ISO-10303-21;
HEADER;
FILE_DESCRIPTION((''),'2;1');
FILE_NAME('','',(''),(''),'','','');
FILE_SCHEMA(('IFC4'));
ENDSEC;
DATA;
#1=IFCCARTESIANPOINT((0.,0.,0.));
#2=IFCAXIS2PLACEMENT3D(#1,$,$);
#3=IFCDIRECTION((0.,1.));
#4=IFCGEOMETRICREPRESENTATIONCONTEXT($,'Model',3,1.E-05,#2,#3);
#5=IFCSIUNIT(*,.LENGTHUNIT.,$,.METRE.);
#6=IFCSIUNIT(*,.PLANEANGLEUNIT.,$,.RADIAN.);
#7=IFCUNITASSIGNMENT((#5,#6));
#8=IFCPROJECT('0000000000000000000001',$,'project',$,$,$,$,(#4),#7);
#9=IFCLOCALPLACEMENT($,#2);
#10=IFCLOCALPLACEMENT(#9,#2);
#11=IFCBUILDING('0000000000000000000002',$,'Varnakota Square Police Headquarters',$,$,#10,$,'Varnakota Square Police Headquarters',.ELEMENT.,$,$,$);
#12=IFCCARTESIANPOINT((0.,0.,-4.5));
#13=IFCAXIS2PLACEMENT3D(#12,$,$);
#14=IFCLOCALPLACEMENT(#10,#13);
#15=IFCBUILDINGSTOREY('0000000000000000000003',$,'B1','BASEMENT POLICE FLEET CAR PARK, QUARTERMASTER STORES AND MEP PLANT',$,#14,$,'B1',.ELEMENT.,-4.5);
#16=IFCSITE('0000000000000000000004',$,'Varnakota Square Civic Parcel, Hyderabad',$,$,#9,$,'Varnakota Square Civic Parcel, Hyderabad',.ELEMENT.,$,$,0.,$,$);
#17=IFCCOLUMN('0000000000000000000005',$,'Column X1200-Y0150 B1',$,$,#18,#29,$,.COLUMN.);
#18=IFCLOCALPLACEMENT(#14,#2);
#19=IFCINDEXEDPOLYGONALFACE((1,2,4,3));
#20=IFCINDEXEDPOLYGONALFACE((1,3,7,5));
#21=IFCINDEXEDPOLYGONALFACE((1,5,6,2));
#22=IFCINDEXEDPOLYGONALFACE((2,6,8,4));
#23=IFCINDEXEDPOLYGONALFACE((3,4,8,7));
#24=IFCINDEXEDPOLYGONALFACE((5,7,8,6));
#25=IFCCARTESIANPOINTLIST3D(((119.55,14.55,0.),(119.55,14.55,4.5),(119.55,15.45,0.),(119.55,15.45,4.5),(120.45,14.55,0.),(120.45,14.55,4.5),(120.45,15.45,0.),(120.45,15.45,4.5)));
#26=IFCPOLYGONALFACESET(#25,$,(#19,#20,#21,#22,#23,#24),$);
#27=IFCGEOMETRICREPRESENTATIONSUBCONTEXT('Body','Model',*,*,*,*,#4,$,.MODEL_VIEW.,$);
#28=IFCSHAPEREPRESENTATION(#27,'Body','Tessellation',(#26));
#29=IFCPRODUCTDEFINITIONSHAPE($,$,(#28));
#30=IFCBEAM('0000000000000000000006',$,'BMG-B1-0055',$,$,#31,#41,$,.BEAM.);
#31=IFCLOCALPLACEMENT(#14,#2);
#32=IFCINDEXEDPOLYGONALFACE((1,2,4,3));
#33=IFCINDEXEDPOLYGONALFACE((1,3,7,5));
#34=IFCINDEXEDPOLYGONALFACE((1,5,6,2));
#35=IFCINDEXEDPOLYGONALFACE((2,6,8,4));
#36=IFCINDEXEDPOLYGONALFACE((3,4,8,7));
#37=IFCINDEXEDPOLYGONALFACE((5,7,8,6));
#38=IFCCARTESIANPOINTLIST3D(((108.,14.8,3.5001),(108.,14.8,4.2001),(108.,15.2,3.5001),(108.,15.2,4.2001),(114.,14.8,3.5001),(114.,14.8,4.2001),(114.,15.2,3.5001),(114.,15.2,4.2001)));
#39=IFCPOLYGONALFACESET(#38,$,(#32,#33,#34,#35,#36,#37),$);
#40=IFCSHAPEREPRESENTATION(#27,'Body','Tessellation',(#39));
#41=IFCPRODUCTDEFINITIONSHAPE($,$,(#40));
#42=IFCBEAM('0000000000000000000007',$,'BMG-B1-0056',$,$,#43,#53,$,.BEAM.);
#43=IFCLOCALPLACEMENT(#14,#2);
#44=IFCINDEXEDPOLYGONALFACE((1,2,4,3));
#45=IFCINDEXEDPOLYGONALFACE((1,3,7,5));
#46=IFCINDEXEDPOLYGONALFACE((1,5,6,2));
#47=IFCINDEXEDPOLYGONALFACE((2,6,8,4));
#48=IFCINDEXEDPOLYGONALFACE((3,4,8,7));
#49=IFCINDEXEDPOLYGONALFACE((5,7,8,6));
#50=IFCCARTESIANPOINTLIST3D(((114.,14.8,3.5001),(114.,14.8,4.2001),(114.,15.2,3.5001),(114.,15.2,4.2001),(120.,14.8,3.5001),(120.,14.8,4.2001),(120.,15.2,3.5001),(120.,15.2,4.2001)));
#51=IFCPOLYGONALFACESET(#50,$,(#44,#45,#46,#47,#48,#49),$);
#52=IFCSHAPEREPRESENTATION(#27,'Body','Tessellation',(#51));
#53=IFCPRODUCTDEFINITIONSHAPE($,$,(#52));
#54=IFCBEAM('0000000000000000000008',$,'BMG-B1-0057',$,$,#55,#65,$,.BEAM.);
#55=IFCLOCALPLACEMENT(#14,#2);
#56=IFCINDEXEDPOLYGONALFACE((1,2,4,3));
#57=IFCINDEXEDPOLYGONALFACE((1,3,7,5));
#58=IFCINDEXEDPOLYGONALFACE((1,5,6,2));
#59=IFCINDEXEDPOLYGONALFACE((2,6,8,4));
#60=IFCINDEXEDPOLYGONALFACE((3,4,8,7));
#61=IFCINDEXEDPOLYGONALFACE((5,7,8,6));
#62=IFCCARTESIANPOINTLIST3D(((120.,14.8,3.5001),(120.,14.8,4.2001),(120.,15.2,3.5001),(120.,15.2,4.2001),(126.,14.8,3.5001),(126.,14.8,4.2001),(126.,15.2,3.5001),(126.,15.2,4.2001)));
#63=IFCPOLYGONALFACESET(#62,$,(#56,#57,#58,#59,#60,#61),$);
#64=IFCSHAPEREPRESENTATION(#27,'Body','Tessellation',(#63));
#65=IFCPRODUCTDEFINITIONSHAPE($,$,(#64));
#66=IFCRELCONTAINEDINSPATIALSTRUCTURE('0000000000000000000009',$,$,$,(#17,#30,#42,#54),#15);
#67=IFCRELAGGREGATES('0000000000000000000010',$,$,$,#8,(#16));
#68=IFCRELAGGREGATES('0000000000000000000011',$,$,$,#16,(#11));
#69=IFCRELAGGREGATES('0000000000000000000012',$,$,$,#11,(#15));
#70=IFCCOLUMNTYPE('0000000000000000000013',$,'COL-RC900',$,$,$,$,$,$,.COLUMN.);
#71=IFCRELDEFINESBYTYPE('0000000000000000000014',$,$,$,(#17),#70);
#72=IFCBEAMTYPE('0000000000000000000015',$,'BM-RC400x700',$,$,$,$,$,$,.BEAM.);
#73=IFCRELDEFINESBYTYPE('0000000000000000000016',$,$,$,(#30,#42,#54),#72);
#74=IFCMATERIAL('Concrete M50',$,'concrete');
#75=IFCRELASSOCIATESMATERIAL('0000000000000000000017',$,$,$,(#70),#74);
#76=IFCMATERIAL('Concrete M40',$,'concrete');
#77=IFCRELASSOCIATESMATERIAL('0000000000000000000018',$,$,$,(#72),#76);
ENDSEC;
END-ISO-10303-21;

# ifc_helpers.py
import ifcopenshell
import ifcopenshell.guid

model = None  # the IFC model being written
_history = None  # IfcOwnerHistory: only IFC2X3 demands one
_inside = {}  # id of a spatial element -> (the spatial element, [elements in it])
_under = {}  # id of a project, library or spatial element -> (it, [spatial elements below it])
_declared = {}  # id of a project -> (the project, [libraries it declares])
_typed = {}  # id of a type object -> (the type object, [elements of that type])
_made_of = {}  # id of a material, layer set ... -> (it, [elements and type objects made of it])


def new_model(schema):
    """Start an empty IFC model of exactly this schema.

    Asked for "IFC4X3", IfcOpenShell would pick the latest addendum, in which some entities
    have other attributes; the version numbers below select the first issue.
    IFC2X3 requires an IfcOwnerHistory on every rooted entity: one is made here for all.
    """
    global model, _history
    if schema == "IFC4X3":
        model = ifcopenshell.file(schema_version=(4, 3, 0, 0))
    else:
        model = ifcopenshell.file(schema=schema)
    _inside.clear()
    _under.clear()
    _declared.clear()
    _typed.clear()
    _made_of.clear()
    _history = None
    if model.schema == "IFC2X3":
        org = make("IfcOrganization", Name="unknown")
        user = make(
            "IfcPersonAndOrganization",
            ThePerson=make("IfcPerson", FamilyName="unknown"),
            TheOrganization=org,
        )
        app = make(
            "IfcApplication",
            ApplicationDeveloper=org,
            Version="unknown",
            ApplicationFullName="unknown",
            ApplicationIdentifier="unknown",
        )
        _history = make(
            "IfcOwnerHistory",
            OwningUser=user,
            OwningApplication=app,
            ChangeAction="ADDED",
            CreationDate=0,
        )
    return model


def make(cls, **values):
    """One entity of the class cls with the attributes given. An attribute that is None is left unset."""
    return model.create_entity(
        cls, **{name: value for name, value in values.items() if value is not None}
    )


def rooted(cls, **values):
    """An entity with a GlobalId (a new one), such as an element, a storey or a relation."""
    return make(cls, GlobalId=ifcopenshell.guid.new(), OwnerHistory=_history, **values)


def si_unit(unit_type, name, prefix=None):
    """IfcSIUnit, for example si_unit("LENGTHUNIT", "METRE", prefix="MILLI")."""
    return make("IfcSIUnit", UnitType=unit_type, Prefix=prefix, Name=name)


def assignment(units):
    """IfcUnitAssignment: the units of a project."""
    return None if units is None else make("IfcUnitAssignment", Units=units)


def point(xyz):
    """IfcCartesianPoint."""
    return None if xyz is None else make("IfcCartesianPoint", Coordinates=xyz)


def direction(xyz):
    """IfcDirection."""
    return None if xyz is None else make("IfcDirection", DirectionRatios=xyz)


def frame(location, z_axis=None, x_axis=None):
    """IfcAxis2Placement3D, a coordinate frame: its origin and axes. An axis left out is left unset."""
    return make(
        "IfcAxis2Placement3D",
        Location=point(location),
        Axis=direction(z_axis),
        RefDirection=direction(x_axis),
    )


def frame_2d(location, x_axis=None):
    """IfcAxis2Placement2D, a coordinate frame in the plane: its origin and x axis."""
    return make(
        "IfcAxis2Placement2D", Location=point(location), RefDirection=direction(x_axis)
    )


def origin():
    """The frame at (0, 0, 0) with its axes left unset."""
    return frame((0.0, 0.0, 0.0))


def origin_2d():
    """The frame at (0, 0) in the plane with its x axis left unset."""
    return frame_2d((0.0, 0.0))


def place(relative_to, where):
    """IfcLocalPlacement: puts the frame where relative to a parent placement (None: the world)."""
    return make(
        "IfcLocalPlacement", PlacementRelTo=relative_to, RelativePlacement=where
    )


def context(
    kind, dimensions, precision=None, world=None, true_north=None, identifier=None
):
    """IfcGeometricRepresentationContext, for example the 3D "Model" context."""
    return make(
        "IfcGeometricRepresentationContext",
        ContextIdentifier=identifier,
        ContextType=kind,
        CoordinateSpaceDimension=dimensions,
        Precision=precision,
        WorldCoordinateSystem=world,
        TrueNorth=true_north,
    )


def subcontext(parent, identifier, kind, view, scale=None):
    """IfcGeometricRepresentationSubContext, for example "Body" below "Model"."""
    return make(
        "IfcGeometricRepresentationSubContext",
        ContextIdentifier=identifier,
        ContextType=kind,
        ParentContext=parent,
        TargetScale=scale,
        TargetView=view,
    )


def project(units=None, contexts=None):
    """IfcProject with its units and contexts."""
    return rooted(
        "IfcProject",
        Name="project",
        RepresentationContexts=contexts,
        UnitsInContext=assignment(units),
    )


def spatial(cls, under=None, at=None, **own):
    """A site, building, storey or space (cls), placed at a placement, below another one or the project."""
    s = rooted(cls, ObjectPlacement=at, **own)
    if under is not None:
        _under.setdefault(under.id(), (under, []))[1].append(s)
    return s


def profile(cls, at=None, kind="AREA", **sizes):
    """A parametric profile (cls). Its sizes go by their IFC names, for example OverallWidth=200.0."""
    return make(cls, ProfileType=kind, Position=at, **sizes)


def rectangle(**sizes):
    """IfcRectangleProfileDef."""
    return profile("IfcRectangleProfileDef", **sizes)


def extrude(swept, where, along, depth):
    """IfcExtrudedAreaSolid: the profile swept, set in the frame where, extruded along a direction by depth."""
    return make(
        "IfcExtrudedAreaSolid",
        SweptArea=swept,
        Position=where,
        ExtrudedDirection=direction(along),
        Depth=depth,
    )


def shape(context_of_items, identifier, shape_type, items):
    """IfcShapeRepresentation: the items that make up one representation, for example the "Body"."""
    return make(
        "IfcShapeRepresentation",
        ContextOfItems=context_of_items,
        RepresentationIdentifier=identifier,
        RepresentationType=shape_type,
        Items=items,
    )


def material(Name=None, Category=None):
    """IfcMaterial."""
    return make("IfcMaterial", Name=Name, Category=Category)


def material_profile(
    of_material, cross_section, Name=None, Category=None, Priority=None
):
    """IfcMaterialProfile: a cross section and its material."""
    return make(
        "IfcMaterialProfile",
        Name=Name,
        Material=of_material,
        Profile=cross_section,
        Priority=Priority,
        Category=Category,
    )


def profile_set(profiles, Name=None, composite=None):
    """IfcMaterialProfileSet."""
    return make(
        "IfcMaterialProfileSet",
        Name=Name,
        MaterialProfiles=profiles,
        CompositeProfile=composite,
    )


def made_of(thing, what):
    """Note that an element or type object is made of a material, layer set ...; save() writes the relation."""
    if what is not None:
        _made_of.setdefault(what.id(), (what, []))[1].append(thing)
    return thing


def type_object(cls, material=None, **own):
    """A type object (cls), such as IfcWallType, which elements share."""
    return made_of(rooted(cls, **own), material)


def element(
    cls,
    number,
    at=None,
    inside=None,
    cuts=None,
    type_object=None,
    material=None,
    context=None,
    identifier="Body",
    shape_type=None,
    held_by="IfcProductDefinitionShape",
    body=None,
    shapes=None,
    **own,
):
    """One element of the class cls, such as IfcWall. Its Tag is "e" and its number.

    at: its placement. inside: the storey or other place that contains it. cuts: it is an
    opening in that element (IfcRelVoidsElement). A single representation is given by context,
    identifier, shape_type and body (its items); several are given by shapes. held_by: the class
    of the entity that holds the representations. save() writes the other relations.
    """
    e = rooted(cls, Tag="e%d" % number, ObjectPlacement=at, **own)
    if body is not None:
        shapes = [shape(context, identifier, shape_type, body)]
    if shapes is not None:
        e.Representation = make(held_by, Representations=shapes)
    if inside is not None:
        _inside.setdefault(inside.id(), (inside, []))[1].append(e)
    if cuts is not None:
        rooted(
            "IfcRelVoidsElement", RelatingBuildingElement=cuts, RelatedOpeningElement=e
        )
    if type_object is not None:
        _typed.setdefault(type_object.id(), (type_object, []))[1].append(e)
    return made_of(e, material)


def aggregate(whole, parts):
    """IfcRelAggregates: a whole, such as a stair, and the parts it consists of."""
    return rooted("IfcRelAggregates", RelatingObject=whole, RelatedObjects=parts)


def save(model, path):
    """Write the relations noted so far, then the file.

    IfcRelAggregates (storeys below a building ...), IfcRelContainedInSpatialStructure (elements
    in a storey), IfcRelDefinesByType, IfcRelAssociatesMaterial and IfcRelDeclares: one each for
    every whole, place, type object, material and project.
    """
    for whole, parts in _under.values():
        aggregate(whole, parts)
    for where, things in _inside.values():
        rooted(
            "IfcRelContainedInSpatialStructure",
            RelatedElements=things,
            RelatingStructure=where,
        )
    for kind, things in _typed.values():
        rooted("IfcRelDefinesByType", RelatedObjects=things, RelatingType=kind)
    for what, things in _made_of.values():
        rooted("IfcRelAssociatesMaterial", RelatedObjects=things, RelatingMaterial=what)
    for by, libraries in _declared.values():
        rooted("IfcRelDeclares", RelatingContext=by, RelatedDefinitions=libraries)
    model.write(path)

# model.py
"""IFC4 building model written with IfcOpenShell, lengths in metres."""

from ifc_helpers import new_model, si_unit, direction, frame, origin, origin_2d, place, context, subcontext, project, spatial, rectangle, extrude, material, material_profile, profile_set, type_object, element, save


model = new_model("IFC4")

# Units and contexts
model_context = context("Model", 3, precision=1e-05, world=origin(), true_north=direction((0.0, 1.0)))
body_context = subcontext(model_context, "Body", "Model", "MODEL_VIEW")
ifc_project = project(units=[si_unit("LENGTHUNIT", "METRE"), si_unit("PLANEANGLEUNIT", "RADIAN")], contexts=[model_context])

# Site, building, storey
site_placement = place(None, origin())
site = spatial("IfcSite", under=ifc_project, at=site_placement, Name="Varnakota Square Civic Parcel, Hyderabad", LongName="Varnakota Square Civic Parcel, Hyderabad", CompositionType="ELEMENT", RefElevation=0.0)
building_placement = place(site_placement, origin())
building = spatial("IfcBuilding", under=site, at=building_placement, Name="Varnakota Square Police Headquarters", LongName="Varnakota Square Police Headquarters", CompositionType="ELEMENT")
storey_placement = place(building_placement, frame((0.0, 0.0, -4.5)))
storey = spatial("IfcBuildingStorey", under=building, at=storey_placement, Name="B1", Description="BASEMENT POLICE FLEET CAR PARK, QUARTERMASTER STORES AND MEP PLANT", LongName="B1", CompositionType="ELEMENT", Elevation=-4.5)

# Shared definitions
ifc_material_1 = material(Name="Concrete M50", Category="concrete")

# Shared definitions
ifc_material_2 = material(Name="Concrete M40", Category="concrete")

# Column
ifc_material_profile_1 = material_profile(ifc_material_1, rectangle(XDim=0.8999, YDim=0.8999, at=origin_2d()), Name="RC 900x900")
ifc_profile_set_1 = profile_set([ifc_material_profile_1], Name="Concrete M50")
column_type_1 = type_object("IfcColumnType", Name="COL-RC900", PredefinedType="COLUMN", material=ifc_profile_set_1)
for number, where, z_axis, x_axis, name in (
    (1, (120.0, 15.0, 0.0), (0.0, 0.0, 1.0), (1.0, 0.0, 0.0), "Column X1200-Y0150 B1"),
):
    element("IfcColumn", number, at=place(storey_placement, frame(where, z_axis=z_axis, x_axis=x_axis)), inside=storey, type_object=column_type_1, Name=name, PredefinedType="COLUMN", context=body_context, shape_type="SweptSolid", body=[
        extrude(rectangle(XDim=0.8999, YDim=0.8999, at=origin_2d()), origin(), (0.0, 0.0, 1.0), 4.5),
    ])

# Beams
ifc_material_profile_2 = material_profile(ifc_material_2, rectangle(XDim=0.3999, YDim=0.7, at=origin_2d()), Name="RC 400x700")
ifc_profile_set_2 = profile_set([ifc_material_profile_2], Name="Concrete M40")
beam_type = type_object("IfcBeamType", Name="BM-RC400x700", PredefinedType="BEAM", material=ifc_profile_set_2)
for number, where, z_axis, x_axis, name in (
    (2, (108.0, 15.0, 3.8501), (1.0, 0.0, 0.0), (0.0, 1.0, 0.0), "BMG-B1-0055"),
    (3, (114.0, 15.0, 3.8501), (1.0, 0.0, 0.0), (0.0, 1.0, 0.0), "BMG-B1-0056"),
    (4, (120.0, 15.0, 3.8501), (1.0, 0.0, 0.0), (0.0, 1.0, 0.0), "BMG-B1-0057"),
):
    element("IfcBeam", number, at=place(storey_placement, frame(where, z_axis=z_axis, x_axis=x_axis)), inside=storey, type_object=beam_type, Name=name, PredefinedType="BEAM", context=body_context, shape_type="SweptSolid", body=[
        extrude(rectangle(XDim=0.3999, YDim=0.7, at=origin_2d()), origin(), (0.0, 0.0, 1.0), 6.0),
    ])

save(model, "model.ifc")
